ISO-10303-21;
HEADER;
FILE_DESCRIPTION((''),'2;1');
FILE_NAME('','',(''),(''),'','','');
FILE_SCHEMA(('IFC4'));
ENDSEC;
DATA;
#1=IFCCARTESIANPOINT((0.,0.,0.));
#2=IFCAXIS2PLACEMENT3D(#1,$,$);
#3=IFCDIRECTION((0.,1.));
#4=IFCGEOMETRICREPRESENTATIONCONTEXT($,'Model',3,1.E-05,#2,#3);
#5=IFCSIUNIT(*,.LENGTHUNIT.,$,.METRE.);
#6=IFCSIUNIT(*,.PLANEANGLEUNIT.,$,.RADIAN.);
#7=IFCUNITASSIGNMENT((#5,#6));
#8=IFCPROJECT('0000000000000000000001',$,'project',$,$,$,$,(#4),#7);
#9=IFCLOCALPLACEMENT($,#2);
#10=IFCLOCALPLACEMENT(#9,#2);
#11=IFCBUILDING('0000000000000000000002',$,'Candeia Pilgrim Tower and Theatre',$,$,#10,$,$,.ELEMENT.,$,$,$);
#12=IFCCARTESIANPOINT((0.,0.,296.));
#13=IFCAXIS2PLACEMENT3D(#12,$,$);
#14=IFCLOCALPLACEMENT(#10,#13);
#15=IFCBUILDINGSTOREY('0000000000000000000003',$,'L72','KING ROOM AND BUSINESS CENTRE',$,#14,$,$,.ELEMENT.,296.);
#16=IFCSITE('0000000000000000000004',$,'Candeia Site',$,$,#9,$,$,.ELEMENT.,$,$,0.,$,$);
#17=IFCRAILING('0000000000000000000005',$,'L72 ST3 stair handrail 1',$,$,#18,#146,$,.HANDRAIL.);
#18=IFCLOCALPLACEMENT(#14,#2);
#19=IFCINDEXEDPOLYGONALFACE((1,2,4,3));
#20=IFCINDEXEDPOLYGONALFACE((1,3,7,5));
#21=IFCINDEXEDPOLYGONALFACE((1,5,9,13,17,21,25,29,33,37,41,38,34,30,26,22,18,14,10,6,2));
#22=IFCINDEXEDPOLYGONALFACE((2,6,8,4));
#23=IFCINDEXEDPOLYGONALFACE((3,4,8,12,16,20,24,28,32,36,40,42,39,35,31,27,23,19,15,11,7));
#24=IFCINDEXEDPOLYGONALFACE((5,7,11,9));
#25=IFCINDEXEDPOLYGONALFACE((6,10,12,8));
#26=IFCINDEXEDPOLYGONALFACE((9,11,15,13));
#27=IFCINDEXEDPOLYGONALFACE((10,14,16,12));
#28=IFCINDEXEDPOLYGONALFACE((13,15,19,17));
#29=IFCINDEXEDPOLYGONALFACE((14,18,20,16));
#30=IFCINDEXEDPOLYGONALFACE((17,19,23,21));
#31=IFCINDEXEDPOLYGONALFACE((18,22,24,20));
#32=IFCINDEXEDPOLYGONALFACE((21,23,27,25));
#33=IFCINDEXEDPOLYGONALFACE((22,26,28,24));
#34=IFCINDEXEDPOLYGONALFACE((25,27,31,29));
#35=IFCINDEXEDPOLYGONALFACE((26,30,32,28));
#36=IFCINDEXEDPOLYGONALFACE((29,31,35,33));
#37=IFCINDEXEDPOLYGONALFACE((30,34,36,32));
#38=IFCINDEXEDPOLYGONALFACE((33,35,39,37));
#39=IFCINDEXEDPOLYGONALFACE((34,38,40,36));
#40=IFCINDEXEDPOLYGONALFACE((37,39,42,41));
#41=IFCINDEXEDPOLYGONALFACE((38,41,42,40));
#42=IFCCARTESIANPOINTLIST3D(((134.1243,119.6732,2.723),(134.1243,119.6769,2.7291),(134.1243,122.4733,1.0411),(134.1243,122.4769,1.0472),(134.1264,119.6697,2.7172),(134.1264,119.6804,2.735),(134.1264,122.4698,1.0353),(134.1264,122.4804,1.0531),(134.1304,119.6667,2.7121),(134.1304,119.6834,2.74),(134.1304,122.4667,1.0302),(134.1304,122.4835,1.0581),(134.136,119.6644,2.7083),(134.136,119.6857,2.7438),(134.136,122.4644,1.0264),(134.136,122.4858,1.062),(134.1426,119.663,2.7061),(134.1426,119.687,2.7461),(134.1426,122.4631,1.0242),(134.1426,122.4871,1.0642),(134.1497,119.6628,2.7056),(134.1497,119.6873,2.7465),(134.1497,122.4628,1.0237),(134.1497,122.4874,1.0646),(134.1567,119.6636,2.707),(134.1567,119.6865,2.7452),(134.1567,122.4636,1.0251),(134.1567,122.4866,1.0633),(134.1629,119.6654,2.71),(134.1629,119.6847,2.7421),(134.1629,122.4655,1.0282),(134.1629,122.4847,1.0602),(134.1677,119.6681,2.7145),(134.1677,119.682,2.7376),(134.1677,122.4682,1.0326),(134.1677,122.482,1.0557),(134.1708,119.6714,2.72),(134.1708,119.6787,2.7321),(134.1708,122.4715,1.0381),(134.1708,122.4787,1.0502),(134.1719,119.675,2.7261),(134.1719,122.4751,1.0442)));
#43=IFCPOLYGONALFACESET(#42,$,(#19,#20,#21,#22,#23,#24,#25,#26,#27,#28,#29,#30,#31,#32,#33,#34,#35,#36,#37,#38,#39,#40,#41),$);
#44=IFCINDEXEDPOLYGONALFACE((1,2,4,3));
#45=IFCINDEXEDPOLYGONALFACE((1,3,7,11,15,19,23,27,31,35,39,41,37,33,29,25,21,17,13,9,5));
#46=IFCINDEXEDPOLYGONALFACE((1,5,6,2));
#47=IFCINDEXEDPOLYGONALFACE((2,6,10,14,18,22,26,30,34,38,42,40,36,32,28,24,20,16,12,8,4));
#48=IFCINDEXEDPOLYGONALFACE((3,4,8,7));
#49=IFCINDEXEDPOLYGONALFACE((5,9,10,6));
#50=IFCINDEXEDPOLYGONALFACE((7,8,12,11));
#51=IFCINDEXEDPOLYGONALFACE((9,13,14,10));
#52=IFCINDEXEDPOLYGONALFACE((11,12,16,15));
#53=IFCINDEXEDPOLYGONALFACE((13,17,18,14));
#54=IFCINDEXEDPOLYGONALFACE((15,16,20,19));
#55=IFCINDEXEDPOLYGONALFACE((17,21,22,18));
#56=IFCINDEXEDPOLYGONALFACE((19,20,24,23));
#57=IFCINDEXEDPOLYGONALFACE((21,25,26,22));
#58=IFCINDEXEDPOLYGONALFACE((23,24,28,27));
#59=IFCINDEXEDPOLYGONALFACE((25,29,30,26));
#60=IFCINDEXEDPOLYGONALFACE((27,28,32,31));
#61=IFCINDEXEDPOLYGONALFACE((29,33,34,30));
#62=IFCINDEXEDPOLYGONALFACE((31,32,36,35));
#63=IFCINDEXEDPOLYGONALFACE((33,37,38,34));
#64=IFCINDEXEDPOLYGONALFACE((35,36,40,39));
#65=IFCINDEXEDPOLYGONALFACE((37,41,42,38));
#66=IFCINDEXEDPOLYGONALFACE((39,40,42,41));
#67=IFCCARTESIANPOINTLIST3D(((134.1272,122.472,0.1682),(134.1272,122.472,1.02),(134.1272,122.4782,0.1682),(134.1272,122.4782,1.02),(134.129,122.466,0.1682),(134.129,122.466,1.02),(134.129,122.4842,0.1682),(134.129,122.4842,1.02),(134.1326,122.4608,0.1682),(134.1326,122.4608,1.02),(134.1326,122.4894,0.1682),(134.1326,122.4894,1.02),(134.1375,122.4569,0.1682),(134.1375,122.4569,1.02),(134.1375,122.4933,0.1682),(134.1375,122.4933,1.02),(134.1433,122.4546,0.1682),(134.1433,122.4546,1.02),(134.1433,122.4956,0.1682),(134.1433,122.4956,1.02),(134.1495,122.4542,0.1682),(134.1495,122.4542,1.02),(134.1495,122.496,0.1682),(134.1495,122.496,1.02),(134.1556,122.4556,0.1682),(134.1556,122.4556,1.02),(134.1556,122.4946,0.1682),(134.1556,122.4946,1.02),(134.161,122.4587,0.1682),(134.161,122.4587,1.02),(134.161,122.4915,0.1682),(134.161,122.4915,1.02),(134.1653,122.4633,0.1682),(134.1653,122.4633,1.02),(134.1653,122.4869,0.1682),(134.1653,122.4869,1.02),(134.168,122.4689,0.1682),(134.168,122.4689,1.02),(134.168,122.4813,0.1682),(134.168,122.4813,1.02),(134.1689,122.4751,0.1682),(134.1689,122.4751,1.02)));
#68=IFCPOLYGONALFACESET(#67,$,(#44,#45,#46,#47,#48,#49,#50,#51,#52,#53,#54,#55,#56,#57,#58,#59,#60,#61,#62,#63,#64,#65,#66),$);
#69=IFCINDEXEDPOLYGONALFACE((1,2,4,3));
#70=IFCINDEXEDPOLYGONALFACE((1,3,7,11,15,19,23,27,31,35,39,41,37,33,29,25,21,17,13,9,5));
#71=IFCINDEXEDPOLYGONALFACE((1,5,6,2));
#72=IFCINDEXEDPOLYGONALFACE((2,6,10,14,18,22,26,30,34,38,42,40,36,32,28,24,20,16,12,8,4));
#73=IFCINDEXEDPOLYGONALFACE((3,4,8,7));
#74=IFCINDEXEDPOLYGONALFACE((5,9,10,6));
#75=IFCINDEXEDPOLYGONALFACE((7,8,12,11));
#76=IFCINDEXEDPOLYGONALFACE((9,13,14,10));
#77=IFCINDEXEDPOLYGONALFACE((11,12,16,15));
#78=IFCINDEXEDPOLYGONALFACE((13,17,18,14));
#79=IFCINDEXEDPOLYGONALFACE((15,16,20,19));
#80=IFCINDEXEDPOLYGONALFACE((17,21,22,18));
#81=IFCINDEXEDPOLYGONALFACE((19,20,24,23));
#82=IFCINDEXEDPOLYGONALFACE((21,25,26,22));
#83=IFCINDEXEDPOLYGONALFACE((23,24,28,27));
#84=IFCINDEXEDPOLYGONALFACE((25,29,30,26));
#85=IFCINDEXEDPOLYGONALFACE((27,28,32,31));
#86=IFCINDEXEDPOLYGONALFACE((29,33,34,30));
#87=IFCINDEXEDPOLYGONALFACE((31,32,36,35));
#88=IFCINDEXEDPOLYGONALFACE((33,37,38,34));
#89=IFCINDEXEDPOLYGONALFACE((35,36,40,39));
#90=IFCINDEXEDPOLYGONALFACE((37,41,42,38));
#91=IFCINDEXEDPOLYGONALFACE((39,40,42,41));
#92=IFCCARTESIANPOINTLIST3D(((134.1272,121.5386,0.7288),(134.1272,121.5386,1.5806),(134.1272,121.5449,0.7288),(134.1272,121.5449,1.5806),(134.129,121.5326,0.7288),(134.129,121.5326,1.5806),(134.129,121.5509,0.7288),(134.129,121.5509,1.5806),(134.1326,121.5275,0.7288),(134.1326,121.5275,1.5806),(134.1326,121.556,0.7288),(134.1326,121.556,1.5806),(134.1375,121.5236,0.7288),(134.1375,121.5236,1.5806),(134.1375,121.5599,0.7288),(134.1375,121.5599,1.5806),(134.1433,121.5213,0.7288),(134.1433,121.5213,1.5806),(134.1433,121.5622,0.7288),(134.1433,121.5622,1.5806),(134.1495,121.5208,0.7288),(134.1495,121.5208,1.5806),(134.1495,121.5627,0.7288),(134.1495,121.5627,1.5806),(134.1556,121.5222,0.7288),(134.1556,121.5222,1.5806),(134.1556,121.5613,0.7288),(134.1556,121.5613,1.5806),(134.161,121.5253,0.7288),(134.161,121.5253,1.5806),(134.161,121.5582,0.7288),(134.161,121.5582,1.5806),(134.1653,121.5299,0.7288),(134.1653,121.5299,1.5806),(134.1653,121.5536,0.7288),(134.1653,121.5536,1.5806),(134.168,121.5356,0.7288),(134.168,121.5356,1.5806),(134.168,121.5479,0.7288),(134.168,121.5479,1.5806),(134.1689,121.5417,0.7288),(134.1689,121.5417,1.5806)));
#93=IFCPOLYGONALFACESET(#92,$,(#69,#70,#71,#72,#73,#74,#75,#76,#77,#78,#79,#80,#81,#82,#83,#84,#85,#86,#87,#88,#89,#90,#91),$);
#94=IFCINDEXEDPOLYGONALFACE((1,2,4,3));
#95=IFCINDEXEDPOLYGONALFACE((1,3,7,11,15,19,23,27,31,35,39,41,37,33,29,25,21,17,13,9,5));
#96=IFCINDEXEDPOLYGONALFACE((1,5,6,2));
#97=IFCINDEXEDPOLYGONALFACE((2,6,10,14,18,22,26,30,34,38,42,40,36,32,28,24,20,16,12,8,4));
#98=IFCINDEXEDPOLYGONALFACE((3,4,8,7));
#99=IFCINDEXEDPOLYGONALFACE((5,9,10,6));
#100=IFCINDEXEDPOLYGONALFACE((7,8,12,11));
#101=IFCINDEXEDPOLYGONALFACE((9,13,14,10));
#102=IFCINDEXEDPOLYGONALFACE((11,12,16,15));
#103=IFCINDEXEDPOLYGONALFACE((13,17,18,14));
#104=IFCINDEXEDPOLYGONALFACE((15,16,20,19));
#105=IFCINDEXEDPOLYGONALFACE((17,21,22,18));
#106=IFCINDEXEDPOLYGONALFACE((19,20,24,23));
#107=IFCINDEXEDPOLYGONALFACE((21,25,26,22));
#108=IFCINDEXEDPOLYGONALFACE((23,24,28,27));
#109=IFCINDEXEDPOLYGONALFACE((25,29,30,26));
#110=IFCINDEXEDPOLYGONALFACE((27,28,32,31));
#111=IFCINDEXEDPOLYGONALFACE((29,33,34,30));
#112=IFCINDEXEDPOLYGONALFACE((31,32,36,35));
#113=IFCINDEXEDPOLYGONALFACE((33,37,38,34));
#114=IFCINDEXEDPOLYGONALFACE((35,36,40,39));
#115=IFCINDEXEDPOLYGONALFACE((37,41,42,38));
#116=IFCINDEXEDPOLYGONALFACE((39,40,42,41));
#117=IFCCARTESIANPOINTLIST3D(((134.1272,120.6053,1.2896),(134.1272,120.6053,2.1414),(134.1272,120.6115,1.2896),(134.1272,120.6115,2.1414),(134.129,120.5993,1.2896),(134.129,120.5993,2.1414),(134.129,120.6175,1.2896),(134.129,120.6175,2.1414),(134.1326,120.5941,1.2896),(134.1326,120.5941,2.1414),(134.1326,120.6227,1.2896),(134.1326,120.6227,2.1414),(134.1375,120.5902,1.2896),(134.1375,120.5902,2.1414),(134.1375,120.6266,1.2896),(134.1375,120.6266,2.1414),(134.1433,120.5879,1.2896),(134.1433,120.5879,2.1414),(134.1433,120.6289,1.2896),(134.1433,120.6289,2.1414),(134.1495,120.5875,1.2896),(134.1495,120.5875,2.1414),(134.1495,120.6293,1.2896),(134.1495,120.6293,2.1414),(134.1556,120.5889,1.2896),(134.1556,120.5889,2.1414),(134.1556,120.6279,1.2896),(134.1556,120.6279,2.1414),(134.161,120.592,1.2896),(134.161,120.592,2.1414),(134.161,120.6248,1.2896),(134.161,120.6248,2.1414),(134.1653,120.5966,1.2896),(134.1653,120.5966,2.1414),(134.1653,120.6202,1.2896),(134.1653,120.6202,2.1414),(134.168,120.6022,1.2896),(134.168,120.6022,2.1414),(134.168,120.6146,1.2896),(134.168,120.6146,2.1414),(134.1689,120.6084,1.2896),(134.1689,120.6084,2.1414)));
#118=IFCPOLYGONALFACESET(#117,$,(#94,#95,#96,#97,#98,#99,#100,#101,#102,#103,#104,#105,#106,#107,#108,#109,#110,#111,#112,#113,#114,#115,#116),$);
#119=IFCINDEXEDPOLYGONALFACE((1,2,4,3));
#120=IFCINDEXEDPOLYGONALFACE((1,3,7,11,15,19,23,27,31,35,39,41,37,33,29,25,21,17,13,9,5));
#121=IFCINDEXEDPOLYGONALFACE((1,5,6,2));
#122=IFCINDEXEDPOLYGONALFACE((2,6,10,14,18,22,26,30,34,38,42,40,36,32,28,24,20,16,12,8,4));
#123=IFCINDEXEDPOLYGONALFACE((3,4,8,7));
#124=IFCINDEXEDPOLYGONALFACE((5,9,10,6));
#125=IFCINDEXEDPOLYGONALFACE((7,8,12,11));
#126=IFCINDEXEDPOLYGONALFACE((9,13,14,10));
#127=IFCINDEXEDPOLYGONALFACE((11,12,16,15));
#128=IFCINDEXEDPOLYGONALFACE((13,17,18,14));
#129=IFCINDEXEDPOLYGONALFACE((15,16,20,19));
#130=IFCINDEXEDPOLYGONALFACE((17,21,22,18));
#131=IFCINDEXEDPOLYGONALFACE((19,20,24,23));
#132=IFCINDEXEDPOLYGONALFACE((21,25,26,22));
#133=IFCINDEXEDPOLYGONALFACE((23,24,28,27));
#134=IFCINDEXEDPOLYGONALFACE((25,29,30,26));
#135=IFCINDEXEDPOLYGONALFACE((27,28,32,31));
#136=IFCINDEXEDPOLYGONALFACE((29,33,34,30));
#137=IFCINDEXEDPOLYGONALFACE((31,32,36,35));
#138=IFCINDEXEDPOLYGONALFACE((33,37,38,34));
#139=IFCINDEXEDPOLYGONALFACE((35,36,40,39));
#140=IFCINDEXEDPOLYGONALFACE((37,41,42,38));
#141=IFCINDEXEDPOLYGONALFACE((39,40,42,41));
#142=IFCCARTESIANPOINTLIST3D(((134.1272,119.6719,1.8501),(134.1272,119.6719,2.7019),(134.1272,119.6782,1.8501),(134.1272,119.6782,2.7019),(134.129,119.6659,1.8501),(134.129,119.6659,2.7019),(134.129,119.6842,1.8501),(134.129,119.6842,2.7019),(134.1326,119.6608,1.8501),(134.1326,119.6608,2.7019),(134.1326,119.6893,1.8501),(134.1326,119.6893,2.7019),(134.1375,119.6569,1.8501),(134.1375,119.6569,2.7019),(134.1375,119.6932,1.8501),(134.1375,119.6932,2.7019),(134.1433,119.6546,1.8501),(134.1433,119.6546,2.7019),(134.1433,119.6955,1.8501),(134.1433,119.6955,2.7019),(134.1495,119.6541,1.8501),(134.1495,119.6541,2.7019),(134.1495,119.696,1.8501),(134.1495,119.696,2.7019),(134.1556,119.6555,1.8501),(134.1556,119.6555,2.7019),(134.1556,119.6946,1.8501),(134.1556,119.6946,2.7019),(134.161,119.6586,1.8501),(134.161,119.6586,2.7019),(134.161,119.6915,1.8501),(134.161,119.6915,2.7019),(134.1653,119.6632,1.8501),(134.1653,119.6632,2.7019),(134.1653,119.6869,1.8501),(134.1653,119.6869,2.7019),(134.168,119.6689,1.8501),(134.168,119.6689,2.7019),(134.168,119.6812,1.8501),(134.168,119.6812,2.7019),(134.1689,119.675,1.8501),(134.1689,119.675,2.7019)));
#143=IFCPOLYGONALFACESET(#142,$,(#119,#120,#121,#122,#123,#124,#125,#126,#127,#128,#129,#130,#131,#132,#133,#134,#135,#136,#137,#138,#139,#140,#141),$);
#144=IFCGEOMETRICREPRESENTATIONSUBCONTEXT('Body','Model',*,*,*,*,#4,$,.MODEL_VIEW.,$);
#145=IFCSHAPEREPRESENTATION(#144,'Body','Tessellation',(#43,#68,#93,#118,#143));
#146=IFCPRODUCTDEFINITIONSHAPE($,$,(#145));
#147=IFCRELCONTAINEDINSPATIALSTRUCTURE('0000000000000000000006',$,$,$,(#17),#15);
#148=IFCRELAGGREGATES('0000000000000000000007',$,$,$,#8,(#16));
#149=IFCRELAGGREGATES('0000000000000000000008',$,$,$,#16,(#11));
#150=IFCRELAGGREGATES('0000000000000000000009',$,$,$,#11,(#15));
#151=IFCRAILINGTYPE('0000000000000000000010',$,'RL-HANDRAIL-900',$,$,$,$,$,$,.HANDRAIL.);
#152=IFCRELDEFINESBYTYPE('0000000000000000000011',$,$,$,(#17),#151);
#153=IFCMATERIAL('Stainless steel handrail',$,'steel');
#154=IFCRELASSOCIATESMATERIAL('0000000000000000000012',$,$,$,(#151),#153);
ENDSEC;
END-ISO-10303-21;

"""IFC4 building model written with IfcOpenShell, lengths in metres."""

from ifc_helpers import new_model, si_unit, direction, frame, origin, origin_2d, place, context, subcontext, project, spatial, circle, extrude, material, type_object, element, save


model = new_model("IFC4")

# Units and contexts
model_context = context("Model", 3, precision=1e-05, world=origin(), true_north=direction((0.0, 1.0)))
body_context = subcontext(model_context, "Body", "Model", "MODEL_VIEW")
ifc_project = project(units=[si_unit("LENGTHUNIT", "METRE"), si_unit("PLANEANGLEUNIT", "RADIAN")], contexts=[model_context])

# Site, building, storey
site_placement = place(None, origin())
site = spatial("IfcSite", under=ifc_project, at=site_placement, Name="Candeia Site", CompositionType="ELEMENT", RefElevation=0.0)
building_placement = place(site_placement, origin())
building = spatial("IfcBuilding", under=site, at=building_placement, Name="Candeia Pilgrim Tower and Theatre", CompositionType="ELEMENT")
storey_placement = place(building_placement, frame((0.0, 0.0, 296.0)))
storey = spatial("IfcBuildingStorey", under=building, at=storey_placement, Name="L72", Description="KING ROOM AND BUSINESS CENTRE", CompositionType="ELEMENT", Elevation=296.0)

# Railing
ifc_material_1 = material(Name="Stainless steel handrail", Category="steel")
railing_type_1 = type_object("IfcRailingType", Name="RL-HANDRAIL-900", PredefinedType="HANDRAIL", material=ifc_material_1)
railing_1_placement = place(storey_placement, frame((134.1479, 122.4751, 0.1682)))
element("IfcRailing", 1, at=railing_1_placement, inside=storey, type_object=railing_type_1, Name="L72 ST3 stair handrail 1", PredefinedType="HANDRAIL", context=body_context, shape_type="SweptSolid", body=[
    extrude(circle(Radius=0.0239, at=origin_2d()), frame((0.0, 0.0, 0.876), z_axis=(0.0, -0.857242, 0.514913), x_axis=(1.0, 0.0, 0.0)), (0.0, 0.0, 1.0), 3.2664),
    extrude(circle(Radius=0.021, at=origin_2d()), origin(), (0.0, 0.0, 1.0), 0.8518),
    extrude(circle(Radius=0.021, at=origin_2d()), frame((0.0, -0.9333, 0.5605)), (0.0, 0.0, 1.0), 0.8518),
    extrude(circle(Radius=0.021, at=origin_2d()), frame((0.0, -1.8667, 1.1213)), (0.0, 0.0, 1.0), 0.8518),
    extrude(circle(Radius=0.021, at=origin_2d()), frame((0.0, -2.8, 1.6819)), (0.0, 0.0, 1.0), 0.8518),
])

save(model, "model.ifc")
